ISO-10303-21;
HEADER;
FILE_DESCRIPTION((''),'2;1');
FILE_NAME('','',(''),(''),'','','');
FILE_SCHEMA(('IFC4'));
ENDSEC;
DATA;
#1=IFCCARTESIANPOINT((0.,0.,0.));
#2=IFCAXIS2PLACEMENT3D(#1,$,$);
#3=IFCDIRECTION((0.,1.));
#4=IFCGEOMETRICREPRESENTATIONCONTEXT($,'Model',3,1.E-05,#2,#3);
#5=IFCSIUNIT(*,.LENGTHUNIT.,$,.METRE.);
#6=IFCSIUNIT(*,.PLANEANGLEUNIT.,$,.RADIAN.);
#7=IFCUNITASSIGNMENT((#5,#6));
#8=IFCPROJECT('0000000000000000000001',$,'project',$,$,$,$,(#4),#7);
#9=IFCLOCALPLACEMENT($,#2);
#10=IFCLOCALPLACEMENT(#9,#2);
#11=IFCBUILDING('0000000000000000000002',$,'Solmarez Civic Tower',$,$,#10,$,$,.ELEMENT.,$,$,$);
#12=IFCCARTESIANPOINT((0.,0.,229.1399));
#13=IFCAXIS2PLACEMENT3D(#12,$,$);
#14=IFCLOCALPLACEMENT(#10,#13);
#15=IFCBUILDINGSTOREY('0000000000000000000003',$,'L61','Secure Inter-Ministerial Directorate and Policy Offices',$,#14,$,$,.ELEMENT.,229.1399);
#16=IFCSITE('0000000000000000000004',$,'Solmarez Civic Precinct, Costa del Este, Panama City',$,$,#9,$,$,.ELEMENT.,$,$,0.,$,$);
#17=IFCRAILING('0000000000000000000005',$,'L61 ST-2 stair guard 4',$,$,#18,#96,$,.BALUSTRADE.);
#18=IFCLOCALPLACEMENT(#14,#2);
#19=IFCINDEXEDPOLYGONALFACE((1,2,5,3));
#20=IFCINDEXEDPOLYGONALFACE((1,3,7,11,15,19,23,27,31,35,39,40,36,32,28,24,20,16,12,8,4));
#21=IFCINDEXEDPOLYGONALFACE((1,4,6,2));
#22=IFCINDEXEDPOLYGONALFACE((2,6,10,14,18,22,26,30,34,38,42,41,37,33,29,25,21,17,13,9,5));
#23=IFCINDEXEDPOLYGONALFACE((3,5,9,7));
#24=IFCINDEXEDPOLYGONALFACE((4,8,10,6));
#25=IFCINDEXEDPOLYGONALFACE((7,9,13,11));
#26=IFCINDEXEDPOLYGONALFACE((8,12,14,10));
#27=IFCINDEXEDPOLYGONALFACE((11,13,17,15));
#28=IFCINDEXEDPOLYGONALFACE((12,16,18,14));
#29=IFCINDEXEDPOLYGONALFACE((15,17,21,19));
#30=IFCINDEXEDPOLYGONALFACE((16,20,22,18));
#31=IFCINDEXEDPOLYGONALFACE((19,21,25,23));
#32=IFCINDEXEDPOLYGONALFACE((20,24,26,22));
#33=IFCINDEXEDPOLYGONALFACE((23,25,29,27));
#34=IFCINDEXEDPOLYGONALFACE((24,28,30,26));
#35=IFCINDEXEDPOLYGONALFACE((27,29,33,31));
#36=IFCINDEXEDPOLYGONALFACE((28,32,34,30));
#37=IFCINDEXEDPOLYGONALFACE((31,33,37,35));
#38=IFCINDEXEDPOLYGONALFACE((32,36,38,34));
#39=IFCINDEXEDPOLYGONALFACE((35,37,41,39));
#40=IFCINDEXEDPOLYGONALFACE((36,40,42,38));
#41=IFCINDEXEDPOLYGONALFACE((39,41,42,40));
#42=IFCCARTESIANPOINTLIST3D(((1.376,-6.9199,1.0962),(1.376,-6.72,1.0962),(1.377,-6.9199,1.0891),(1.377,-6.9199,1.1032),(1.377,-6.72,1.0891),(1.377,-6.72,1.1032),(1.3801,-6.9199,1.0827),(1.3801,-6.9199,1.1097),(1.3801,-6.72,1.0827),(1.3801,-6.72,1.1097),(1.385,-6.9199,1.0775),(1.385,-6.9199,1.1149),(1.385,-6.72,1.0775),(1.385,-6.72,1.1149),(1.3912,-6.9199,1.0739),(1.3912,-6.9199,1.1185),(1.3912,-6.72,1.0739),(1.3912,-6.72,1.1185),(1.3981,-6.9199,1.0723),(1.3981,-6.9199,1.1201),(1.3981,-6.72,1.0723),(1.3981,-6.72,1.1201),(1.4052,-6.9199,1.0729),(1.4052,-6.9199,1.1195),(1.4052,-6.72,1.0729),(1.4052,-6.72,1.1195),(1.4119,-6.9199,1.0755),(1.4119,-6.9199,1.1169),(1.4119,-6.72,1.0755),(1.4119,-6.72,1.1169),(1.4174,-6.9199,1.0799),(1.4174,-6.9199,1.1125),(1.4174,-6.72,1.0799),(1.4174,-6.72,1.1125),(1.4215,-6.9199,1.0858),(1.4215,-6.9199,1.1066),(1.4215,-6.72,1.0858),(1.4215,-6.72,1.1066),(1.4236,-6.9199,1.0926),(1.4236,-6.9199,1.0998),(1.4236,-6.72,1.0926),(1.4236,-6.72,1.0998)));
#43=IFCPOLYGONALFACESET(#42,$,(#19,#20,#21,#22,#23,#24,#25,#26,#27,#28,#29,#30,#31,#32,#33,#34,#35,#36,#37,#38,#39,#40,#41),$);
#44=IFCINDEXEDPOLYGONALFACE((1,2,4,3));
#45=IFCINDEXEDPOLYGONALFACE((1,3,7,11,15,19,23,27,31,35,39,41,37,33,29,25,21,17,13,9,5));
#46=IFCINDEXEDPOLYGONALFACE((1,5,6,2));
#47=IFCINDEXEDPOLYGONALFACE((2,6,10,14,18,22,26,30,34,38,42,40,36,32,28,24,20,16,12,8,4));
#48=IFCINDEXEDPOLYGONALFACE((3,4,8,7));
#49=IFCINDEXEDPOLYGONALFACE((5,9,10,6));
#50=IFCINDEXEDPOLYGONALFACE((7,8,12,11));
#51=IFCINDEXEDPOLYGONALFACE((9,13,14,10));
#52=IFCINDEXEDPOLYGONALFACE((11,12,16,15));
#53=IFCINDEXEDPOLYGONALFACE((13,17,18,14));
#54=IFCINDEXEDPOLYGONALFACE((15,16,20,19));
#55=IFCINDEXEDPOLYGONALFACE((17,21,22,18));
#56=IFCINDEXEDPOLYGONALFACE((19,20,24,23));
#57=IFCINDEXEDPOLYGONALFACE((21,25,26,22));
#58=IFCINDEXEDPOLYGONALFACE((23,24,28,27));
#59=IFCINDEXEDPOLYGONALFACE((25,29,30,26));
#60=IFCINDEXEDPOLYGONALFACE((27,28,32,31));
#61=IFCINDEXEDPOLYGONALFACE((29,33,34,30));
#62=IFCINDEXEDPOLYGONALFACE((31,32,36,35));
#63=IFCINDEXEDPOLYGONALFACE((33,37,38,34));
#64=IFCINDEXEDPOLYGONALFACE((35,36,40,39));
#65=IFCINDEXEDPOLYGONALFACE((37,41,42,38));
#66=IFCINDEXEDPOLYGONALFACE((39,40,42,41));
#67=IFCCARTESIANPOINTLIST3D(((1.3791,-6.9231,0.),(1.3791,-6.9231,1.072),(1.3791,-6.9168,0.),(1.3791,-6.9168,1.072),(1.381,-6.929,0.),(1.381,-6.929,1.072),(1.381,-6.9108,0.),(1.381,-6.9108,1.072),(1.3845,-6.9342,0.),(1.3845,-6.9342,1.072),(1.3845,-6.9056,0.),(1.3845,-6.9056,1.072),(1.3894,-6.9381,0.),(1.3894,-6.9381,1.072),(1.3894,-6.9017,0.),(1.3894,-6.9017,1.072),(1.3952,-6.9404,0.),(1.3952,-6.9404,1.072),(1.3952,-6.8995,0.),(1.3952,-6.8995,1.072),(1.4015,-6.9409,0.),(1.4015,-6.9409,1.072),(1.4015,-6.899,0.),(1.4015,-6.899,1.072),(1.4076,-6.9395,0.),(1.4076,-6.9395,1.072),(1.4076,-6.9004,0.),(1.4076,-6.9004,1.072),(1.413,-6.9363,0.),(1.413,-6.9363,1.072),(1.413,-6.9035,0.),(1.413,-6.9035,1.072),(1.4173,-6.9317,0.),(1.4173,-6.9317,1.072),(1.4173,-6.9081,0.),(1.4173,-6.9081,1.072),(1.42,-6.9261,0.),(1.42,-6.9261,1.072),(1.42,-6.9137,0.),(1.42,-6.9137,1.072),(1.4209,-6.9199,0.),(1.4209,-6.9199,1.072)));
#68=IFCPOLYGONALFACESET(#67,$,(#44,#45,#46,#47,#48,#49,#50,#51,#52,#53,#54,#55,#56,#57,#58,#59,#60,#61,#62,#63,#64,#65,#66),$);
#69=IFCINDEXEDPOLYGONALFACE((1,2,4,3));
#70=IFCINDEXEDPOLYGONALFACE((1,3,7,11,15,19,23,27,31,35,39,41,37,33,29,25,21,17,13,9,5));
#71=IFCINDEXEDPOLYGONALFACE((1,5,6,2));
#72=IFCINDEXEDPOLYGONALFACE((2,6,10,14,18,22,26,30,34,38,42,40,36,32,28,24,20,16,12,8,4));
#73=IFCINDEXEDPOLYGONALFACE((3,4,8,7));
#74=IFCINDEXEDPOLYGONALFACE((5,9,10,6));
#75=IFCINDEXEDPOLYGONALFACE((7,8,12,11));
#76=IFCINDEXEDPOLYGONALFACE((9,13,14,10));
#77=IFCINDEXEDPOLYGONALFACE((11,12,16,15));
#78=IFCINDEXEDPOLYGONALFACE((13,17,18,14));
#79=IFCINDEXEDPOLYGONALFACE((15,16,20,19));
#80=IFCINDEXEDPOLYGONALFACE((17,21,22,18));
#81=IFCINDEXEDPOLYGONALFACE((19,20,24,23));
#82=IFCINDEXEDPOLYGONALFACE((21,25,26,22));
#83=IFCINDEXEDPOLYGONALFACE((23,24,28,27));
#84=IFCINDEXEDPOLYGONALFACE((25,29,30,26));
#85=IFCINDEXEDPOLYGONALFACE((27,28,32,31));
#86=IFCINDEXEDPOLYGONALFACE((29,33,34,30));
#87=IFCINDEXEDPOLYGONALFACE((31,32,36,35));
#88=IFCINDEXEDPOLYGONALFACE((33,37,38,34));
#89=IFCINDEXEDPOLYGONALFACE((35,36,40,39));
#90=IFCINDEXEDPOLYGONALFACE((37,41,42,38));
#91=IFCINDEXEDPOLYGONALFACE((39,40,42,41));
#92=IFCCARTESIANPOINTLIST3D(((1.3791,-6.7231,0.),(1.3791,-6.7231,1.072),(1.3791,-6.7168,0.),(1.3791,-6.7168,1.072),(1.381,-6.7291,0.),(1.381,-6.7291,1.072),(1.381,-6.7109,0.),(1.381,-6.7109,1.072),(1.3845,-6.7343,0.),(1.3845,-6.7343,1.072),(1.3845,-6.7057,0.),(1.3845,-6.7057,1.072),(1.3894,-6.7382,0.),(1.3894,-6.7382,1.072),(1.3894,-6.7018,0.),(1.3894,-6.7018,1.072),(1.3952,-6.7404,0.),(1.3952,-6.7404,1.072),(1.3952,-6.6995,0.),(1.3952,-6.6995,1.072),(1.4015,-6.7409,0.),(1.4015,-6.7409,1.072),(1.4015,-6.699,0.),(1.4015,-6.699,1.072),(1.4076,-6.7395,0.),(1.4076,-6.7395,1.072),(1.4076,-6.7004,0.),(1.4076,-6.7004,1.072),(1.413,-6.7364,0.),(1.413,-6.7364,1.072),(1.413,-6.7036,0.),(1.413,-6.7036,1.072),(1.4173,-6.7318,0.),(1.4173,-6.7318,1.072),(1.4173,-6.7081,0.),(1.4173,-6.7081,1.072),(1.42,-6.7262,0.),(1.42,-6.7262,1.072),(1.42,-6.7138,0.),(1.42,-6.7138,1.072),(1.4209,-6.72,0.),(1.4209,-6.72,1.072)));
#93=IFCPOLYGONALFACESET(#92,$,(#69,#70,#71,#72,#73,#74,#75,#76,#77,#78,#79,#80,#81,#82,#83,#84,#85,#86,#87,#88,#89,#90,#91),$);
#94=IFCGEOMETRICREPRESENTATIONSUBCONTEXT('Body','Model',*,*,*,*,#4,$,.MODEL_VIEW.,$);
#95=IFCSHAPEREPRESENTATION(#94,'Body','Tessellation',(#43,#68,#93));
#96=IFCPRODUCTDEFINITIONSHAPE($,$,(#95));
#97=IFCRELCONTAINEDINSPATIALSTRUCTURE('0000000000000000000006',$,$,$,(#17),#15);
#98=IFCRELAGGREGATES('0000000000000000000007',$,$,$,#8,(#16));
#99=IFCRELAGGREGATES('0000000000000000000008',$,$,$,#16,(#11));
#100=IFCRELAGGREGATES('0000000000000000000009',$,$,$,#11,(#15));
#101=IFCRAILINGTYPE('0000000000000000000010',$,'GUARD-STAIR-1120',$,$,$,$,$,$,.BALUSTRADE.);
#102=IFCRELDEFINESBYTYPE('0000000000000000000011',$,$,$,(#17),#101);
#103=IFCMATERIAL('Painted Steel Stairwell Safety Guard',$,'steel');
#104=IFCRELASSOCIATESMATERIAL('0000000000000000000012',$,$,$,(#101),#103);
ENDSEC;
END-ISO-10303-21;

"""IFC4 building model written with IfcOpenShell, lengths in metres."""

from ifc_helpers import new_model, si_unit, direction, frame, origin, origin_2d, place, context, subcontext, project, spatial, circle, extrude, material, type_object, element, save


model = new_model("IFC4")

# Units and contexts
model_context = context("Model", 3, precision=1e-05, world=origin(), true_north=direction((0.0, 1.0)))
body_context = subcontext(model_context, "Body", "Model", "MODEL_VIEW")
ifc_project = project(units=[si_unit("LENGTHUNIT", "METRE"), si_unit("PLANEANGLEUNIT", "RADIAN")], contexts=[model_context])

# Site, building, storey
site_placement = place(None, origin())
site = spatial("IfcSite", under=ifc_project, at=site_placement, Name="Solmarez Civic Precinct, Costa del Este, Panama City", CompositionType="ELEMENT", RefElevation=0.0)
building_placement = place(site_placement, origin())
building = spatial("IfcBuilding", under=site, at=building_placement, Name="Solmarez Civic Tower", CompositionType="ELEMENT")
storey_placement = place(building_placement, frame((0.0, 0.0, 229.1399)))
storey = spatial("IfcBuildingStorey", under=building, at=storey_placement, Name="L61", Description="Secure Inter-Ministerial Directorate and Policy Offices", CompositionType="ELEMENT", Elevation=229.1399)

# Railing
ifc_material_1 = material(Name="Painted Steel Stairwell Safety Guard", Category="steel")
railing_type_1 = type_object("IfcRailingType", Name="GUARD-STAIR-1120", PredefinedType="BALUSTRADE", material=ifc_material_1)
railing_1_placement = place(storey_placement, frame((1.3999, -6.9199, 0.0)))
element("IfcRailing", 1, at=railing_1_placement, inside=storey, type_object=railing_type_1, Name="L61 ST-2 stair guard 4", PredefinedType="BALUSTRADE", context=body_context, shape_type="SweptSolid", body=[
    extrude(circle(Radius=0.0239, at=origin_2d()), frame((0.0, 0.0, 1.0962), z_axis=(0.0, 1.0, 0.0), x_axis=(-1.0, 0.0, 0.0)), (0.0, 0.0, 1.0), 0.2),
    extrude(circle(Radius=0.021, at=origin_2d()), origin(), (0.0, 0.0, 1.0), 1.072),
    extrude(circle(Radius=0.021, at=origin_2d()), frame((0.0, 0.2, 0.0)), (0.0, 0.0, 1.0), 1.072),
])

save(model, "model.ifc")
